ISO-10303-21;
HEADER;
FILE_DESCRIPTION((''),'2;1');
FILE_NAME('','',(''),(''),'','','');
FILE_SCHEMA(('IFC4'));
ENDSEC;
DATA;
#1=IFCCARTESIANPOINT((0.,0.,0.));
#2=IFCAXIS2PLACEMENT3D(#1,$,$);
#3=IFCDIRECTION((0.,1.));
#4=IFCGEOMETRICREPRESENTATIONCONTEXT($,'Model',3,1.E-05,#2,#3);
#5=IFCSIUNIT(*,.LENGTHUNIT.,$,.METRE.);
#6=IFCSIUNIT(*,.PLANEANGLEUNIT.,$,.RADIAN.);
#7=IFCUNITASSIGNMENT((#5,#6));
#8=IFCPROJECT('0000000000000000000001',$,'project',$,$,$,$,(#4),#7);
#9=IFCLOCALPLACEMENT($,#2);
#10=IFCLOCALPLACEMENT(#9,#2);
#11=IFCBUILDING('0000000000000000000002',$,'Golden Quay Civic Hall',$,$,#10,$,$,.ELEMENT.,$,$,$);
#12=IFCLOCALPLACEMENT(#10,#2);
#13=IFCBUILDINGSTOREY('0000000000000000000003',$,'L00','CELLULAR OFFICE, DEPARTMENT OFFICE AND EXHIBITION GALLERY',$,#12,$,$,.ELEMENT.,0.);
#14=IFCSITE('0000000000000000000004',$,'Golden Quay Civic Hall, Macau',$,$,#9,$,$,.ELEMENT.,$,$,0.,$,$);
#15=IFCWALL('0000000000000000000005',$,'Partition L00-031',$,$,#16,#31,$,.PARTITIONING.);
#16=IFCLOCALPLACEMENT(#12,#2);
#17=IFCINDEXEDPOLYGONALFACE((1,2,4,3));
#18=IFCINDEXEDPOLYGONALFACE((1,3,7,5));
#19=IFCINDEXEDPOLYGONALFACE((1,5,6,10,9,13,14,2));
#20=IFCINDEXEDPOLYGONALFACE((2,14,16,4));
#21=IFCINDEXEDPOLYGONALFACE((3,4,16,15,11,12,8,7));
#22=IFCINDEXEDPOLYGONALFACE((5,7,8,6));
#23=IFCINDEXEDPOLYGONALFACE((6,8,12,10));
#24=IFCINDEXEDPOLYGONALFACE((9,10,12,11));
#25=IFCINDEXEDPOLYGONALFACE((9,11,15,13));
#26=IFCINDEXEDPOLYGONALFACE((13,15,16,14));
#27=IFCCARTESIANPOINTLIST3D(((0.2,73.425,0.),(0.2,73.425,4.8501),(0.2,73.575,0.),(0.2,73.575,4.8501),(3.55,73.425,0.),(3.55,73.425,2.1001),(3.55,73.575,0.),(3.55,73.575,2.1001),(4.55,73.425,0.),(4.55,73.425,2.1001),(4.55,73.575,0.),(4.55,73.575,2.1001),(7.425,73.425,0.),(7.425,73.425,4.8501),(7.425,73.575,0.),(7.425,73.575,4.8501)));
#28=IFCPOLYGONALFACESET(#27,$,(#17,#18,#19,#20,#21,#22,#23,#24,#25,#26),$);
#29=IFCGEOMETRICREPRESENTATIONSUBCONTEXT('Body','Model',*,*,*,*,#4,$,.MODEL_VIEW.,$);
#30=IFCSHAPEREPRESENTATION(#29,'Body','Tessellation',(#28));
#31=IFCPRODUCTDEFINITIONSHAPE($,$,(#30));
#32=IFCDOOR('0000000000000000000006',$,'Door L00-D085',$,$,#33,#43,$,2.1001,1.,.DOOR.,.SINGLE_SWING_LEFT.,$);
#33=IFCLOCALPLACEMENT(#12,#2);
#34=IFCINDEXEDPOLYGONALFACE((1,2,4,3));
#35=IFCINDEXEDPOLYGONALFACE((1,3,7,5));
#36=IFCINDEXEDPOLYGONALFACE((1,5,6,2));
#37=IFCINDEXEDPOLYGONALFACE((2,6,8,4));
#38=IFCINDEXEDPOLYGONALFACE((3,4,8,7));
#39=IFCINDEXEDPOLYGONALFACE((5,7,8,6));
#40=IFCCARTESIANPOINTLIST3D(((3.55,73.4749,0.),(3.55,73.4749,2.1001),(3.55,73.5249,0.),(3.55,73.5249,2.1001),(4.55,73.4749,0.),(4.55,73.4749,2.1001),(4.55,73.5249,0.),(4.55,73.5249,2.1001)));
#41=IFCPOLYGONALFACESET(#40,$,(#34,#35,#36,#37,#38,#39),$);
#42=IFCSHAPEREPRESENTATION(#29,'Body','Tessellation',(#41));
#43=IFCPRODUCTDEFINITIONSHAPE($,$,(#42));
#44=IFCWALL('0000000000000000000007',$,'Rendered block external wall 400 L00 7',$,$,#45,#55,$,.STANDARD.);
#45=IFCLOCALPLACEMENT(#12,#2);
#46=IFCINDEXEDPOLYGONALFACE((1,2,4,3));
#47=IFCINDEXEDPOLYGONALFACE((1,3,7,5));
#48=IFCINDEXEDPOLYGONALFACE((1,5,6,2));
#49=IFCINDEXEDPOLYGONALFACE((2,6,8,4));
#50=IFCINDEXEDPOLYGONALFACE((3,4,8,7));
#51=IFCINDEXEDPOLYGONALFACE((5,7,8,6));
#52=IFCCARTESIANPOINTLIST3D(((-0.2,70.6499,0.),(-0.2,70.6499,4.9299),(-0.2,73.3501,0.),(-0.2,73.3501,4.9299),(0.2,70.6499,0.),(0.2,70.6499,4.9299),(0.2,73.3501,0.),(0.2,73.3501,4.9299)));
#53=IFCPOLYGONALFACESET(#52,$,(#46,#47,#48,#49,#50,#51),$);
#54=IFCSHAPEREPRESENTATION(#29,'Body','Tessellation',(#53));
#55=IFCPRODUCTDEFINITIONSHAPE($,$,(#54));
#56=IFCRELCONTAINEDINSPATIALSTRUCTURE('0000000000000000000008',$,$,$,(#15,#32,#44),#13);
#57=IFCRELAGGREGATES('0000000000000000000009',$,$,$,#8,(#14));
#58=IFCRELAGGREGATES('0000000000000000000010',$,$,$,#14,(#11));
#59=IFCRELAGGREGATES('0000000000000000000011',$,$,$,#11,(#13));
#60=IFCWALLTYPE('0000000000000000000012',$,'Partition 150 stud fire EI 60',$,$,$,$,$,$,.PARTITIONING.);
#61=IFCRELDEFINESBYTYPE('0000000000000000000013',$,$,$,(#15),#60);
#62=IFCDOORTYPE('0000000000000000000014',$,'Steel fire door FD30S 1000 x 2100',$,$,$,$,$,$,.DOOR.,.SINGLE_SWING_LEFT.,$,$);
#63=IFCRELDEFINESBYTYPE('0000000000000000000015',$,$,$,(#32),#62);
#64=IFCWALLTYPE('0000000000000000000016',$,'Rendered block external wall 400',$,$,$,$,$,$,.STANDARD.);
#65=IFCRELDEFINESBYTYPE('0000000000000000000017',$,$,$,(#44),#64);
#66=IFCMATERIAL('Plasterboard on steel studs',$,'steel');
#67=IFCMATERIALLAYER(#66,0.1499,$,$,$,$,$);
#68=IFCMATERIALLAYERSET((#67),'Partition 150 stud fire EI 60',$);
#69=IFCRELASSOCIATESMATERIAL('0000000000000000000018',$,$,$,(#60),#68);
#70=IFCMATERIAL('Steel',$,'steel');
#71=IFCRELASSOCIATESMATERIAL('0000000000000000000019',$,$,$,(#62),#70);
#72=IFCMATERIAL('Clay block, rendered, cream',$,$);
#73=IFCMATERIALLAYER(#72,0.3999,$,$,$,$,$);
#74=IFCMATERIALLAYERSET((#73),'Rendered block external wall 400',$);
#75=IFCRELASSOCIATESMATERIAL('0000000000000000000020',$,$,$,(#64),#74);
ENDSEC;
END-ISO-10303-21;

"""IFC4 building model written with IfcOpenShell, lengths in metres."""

from ifc_helpers import new_model, si_unit, direction, frame, frame_2d, origin, place, context, subcontext, project, spatial, rectangle, extrude, material, layer, layer_set, type_object, element, fill, save


model = new_model("IFC4")

# Units and contexts
model_context = context("Model", 3, precision=1e-05, world=origin(), true_north=direction((0.0, 1.0)))
body_context = subcontext(model_context, "Body", "Model", "MODEL_VIEW")
ifc_project = project(units=[si_unit("LENGTHUNIT", "METRE"), si_unit("PLANEANGLEUNIT", "RADIAN")], contexts=[model_context])

# Site, building, storey
site_placement = place(None, origin())
site = spatial("IfcSite", under=ifc_project, at=site_placement, Name="Golden Quay Civic Hall, Macau", CompositionType="ELEMENT", RefElevation=0.0)
building_placement = place(site_placement, origin())
building = spatial("IfcBuilding", under=site, at=building_placement, Name="Golden Quay Civic Hall", CompositionType="ELEMENT")
storey_placement = place(building_placement, origin())
storey = spatial("IfcBuildingStorey", under=building, at=storey_placement, Name="L00", Description="CELLULAR OFFICE, DEPARTMENT OFFICE AND EXHIBITION GALLERY", CompositionType="ELEMENT", Elevation=0.0)

# Wall, opening, door
ifc_material_1 = material(Name="Plasterboard on steel studs", Category="steel")
ifc_layer_1 = layer(ifc_material_1, 0.1499)
ifc_layer_set_1 = layer_set([ifc_layer_1], Name="Partition 150 stud fire EI 60")
wall_type_1 = type_object("IfcWallType", Name="Partition 150 stud fire EI 60", PredefinedType="PARTITIONING", material=ifc_layer_set_1)
ifc_material_2 = material(Name="Steel", Category="steel")
door_type = type_object("IfcDoorType", Name="Steel fire door FD30S 1000 x 2100", OperationType="SINGLE_SWING_LEFT", PredefinedType="DOOR", material=ifc_material_2)
wall_1_placement = place(storey_placement, frame((0.2, 73.5, 0.0), z_axis=(0.0, 0.0, 1.0), x_axis=(1.0, 0.0, 0.0)))
wall_1 = element("IfcWall", 1, at=wall_1_placement, inside=storey, type_object=wall_type_1, Name="Partition L00-031", PredefinedType="PARTITIONING", context=body_context, shape_type="SweptSolid", body=[
    extrude(rectangle(XDim=7.2251, YDim=0.1499, at=frame_2d((3.6125, 0.0))), origin(), (0.0, 0.0, 1.0), 4.8501),
])
opening_1_placement = place(wall_1_placement, frame((3.3501, 0.0, 0.0)))
opening_1 = element("IfcOpeningElement", 2, at=opening_1_placement, cuts=wall_1, PredefinedType="OPENING", context=body_context, shape_type="SweptSolid", body=[
    extrude(rectangle(XDim=1.0, YDim=2.1001, at=frame_2d((0.5, 1.05))), frame((0.0, 0.085, 0.0), z_axis=(0.0, -1.0, 0.0), x_axis=(1.0, 0.0, 0.0)), (0.0, 0.0, 1.0), 0.1699),
])
door_1_placement = place(opening_1_placement, origin())
door_1 = element("IfcDoor", 3, at=door_1_placement, inside=storey, type_object=door_type, Name="Door L00-D085", OperationType="SINGLE_SWING_LEFT", OverallHeight=2.1001, OverallWidth=1.0, PredefinedType="DOOR", context=body_context, shape_type="SweptSolid", body=[
    extrude(rectangle(XDim=1.0, YDim=2.1001, at=frame_2d((0.5, 1.05))), frame((0.0, 0.0249, 0.0), z_axis=(0.0, -1.0, 0.0), x_axis=(1.0, 0.0, 0.0)), (0.0, 0.0, 1.0), 0.05),
])
fill(opening_1, door_1)

# Wall
ifc_material_3 = material(Name="Clay block, rendered, cream")
ifc_layer_2 = layer(ifc_material_3, 0.3999)
ifc_layer_set_2 = layer_set([ifc_layer_2], Name="Rendered block external wall 400")
wall_type_2 = type_object("IfcWallType", Name="Rendered block external wall 400", PredefinedType="STANDARD", material=ifc_layer_set_2)
wall_2_placement = place(storey_placement, frame((0.0, 70.6499, 0.0), z_axis=(0.0, 0.0, 1.0), x_axis=(0.0, 1.0, 0.0)))
element("IfcWall", 4, at=wall_2_placement, inside=storey, type_object=wall_type_2, Name="Rendered block external wall 400 L00 7", PredefinedType="STANDARD", context=body_context, shape_type="SweptSolid", body=[
    extrude(rectangle(XDim=2.7002, YDim=0.3999, at=frame_2d((1.3501, 0.0))), origin(), (0.0, 0.0, 1.0), 4.9299),
])

save(model, "model.ifc")
